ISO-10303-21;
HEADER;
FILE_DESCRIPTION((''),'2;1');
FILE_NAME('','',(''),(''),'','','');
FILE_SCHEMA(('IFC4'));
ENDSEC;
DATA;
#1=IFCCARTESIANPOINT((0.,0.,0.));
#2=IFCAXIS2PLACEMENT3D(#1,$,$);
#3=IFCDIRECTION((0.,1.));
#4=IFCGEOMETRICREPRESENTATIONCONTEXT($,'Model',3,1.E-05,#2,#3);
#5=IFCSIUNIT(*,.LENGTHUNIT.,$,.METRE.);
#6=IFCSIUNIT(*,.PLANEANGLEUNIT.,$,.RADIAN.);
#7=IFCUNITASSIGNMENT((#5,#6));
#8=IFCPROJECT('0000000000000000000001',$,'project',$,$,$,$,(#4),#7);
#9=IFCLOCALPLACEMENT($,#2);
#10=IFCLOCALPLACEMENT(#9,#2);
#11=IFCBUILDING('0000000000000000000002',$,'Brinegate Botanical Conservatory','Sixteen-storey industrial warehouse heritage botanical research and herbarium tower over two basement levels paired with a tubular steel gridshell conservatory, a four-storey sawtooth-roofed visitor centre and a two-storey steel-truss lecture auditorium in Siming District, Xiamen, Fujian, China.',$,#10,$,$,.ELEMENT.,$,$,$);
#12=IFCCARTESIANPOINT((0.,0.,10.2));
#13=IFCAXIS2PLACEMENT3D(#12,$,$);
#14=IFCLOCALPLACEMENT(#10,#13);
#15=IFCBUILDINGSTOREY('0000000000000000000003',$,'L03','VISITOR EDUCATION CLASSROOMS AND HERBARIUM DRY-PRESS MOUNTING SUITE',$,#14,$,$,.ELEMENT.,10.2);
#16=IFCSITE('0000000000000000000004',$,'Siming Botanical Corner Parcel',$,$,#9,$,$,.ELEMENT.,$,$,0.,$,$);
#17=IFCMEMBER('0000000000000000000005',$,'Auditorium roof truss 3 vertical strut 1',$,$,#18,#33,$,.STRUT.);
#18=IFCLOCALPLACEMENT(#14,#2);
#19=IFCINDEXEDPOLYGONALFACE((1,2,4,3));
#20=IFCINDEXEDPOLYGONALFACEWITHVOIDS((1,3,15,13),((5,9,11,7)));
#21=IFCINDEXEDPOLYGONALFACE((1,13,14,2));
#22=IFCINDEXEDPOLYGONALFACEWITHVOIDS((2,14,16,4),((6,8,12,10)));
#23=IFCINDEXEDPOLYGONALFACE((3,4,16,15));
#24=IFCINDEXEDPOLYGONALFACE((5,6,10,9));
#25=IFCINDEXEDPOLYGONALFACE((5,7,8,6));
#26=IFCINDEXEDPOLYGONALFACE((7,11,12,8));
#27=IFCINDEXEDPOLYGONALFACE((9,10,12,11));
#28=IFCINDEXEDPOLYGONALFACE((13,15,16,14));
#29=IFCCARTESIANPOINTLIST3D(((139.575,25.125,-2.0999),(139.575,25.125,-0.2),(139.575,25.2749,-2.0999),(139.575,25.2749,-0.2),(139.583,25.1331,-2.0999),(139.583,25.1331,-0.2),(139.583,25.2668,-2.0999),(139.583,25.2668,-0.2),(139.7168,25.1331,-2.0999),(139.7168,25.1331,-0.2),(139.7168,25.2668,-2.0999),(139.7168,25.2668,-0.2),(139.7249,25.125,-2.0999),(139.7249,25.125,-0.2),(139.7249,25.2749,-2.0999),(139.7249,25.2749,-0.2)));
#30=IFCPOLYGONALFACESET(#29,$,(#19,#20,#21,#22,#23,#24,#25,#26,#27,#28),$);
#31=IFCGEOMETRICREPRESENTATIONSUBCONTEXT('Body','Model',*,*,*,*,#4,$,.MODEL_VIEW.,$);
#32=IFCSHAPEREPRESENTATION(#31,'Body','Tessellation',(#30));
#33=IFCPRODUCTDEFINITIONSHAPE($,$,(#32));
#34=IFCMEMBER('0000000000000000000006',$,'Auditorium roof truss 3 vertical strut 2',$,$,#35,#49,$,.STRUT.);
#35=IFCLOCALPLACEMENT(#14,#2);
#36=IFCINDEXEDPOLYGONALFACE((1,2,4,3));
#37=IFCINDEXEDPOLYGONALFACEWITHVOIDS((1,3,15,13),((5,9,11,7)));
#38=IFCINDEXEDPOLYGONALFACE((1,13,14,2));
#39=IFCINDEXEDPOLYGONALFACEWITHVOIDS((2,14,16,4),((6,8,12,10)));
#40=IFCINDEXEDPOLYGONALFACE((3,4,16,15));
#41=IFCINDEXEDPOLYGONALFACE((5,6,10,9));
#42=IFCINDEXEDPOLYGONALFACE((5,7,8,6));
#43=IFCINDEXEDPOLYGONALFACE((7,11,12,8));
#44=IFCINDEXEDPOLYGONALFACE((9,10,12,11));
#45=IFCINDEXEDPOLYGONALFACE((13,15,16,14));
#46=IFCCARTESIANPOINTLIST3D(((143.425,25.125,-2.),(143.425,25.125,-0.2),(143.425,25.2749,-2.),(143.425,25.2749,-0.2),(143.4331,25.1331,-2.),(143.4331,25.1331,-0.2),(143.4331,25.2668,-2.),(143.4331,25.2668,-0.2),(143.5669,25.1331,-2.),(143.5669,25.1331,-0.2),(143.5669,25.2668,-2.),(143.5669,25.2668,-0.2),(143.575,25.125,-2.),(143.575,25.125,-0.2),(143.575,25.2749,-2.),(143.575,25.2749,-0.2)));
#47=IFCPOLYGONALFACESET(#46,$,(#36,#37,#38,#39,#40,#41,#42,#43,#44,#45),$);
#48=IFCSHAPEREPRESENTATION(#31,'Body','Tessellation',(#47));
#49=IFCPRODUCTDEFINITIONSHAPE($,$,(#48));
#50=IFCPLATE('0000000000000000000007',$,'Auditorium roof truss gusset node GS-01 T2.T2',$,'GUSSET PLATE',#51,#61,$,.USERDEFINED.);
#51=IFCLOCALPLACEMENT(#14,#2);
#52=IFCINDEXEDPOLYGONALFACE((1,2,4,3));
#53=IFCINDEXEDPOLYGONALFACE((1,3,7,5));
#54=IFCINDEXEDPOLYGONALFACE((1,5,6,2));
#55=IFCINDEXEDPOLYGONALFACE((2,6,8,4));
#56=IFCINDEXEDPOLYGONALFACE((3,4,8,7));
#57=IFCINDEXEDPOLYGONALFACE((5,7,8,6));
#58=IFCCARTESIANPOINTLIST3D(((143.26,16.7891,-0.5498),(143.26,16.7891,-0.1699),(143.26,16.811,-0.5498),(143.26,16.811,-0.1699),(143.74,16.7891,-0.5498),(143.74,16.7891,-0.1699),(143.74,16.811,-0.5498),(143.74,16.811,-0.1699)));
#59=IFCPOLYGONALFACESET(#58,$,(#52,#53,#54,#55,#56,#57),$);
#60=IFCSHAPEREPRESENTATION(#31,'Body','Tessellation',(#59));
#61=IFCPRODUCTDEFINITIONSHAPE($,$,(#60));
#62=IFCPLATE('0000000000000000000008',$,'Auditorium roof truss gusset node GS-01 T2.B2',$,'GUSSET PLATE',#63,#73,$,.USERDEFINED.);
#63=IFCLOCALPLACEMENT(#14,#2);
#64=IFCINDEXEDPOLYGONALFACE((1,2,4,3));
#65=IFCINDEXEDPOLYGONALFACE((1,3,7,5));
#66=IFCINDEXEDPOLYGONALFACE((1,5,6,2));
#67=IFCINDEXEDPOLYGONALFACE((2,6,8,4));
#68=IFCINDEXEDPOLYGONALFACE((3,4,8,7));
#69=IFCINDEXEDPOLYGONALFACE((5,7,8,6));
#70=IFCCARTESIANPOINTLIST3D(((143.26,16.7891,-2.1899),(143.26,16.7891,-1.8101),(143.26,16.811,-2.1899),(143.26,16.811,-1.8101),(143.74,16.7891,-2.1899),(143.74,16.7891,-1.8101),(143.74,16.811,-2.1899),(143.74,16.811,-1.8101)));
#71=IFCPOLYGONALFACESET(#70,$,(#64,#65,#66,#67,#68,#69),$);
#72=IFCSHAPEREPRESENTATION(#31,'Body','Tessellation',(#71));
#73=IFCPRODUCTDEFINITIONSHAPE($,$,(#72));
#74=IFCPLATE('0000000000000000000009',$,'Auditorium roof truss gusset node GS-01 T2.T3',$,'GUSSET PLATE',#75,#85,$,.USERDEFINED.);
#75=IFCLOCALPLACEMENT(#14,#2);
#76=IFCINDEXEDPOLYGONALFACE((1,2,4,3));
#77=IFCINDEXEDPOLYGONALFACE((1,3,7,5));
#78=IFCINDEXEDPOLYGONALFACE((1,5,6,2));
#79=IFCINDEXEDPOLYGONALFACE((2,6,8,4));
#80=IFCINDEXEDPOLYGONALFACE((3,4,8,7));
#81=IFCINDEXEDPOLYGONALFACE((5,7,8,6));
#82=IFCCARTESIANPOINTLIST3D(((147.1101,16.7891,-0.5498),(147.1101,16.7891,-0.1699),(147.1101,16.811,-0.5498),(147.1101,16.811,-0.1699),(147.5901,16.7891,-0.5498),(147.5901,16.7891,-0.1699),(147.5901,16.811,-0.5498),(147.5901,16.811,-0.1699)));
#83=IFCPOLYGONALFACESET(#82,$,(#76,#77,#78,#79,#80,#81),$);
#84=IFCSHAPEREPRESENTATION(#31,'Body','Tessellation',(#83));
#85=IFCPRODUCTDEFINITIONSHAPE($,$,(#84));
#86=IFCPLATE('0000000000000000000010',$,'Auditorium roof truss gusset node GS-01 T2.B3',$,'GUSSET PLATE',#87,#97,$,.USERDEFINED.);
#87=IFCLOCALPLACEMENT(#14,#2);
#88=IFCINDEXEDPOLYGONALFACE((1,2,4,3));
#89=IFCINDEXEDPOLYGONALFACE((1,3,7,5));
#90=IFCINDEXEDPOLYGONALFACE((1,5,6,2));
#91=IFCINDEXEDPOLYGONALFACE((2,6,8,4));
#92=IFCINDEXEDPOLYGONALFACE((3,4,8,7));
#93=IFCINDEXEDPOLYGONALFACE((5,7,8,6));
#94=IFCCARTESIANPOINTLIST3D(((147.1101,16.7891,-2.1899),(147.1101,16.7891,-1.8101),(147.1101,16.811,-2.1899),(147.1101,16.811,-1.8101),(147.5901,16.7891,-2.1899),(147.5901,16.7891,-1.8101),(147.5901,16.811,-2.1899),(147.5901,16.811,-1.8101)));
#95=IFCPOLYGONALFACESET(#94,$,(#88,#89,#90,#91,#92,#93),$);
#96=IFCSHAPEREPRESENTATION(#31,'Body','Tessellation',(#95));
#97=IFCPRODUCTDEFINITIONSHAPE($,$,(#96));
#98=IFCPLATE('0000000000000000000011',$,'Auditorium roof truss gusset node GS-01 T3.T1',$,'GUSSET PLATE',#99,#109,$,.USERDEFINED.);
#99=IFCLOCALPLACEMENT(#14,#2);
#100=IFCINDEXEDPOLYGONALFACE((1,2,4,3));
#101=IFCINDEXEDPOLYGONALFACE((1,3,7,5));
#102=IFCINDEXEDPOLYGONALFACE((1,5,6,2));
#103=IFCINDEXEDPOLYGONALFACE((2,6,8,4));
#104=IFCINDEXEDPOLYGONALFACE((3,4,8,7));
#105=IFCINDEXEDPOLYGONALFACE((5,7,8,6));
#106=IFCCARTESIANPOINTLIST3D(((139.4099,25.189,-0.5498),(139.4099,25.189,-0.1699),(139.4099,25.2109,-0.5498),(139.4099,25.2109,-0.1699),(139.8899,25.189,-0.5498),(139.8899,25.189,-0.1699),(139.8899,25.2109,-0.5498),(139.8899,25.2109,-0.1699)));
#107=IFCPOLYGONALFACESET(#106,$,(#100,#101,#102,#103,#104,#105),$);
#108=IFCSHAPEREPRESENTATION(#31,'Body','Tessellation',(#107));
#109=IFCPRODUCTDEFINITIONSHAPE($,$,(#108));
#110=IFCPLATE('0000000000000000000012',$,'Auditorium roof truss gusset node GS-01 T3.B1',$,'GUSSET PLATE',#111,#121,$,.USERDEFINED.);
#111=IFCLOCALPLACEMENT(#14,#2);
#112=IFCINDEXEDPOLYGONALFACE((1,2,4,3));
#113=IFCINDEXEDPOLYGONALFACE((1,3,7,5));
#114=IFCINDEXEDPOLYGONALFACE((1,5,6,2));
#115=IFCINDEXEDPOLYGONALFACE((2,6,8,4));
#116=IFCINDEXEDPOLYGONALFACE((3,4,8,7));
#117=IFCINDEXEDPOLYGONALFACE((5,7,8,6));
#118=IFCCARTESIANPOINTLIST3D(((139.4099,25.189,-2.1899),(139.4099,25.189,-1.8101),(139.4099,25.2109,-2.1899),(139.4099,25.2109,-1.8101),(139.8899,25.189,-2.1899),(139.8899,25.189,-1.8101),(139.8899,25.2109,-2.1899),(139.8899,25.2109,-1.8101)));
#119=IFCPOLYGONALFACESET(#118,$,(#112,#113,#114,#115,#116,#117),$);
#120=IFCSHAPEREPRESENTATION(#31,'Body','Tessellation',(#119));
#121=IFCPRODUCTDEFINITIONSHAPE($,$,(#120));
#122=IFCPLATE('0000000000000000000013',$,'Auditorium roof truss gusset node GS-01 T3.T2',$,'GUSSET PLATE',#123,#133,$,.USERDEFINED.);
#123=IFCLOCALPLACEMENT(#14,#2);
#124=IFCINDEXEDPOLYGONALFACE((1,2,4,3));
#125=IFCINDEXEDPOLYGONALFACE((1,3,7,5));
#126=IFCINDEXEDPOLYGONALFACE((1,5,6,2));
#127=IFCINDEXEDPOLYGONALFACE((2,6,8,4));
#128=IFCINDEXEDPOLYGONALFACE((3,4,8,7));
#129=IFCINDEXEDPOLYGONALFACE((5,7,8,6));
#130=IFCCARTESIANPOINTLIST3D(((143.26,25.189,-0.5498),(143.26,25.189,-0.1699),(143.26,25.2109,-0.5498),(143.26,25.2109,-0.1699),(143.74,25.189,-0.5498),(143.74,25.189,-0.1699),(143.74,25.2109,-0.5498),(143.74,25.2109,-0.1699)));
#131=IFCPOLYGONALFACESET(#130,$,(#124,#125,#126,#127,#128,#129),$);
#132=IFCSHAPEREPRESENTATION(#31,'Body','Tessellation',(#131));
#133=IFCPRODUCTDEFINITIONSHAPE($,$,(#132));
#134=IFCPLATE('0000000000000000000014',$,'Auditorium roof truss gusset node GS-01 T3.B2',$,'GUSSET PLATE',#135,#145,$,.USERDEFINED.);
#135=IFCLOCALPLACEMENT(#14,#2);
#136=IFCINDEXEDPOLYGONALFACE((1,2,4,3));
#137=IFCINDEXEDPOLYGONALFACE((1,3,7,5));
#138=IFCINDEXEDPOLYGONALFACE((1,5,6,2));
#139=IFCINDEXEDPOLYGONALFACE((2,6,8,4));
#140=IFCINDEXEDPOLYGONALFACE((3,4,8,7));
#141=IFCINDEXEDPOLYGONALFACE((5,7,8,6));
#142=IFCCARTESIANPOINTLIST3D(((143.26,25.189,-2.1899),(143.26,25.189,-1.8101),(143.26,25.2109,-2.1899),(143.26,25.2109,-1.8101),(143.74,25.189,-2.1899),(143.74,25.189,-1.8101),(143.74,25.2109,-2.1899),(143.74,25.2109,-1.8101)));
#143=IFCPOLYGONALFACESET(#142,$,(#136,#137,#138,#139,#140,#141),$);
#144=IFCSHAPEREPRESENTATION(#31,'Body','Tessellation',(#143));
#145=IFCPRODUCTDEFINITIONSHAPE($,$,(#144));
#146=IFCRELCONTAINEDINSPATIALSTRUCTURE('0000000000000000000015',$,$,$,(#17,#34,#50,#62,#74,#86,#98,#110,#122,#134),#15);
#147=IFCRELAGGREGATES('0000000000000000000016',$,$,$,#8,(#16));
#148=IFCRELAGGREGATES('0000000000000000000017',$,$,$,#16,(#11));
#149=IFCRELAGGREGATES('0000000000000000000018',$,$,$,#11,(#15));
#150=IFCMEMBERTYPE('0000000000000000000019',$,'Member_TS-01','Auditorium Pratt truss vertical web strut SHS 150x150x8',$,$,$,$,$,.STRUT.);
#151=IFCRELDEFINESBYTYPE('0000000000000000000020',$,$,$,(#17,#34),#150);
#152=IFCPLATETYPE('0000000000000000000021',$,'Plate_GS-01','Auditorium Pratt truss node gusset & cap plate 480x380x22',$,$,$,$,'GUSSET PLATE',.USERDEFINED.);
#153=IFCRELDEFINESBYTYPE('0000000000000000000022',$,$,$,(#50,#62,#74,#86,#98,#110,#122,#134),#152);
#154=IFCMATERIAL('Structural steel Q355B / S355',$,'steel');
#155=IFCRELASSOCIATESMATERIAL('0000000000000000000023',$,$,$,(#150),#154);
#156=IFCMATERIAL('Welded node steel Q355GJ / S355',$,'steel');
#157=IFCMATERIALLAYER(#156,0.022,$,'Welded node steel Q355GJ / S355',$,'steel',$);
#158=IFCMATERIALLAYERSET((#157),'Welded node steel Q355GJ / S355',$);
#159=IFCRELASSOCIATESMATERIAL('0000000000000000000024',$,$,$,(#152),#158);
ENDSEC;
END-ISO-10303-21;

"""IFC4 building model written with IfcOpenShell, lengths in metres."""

from ifc_helpers import new_model, si_unit, direction, frame, origin, origin_2d, place, context, subcontext, project, spatial, rectangle, hollow_rectangle, extrude, material, layer, layer_set, material_profile, profile_set, type_object, element, save


model = new_model("IFC4")

# Units and contexts
model_context = context("Model", 3, precision=1e-05, world=origin(), true_north=direction((0.0, 1.0)))
body_context = subcontext(model_context, "Body", "Model", "MODEL_VIEW")
ifc_project = project(units=[si_unit("LENGTHUNIT", "METRE"), si_unit("PLANEANGLEUNIT", "RADIAN")], contexts=[model_context])

# Site, building, storey
site_placement = place(None, origin())
site = spatial("IfcSite", under=ifc_project, at=site_placement, Name="Siming Botanical Corner Parcel", CompositionType="ELEMENT", RefElevation=0.0)
building_placement = place(site_placement, origin())
building = spatial("IfcBuilding", under=site, at=building_placement, Name="Brinegate Botanical Conservatory", Description="Sixteen-storey industrial warehouse heritage botanical research and herbarium tower over two basement levels paired with a tubular steel gridshell conservatory, a four-storey sawtooth-roofed visitor centre and a two-storey steel-truss lecture auditorium in Siming District, Xiamen, Fujian, China.", CompositionType="ELEMENT")
storey_placement = place(building_placement, frame((0.0, 0.0, 10.2)))
storey = spatial("IfcBuildingStorey", under=building, at=storey_placement, Name="L03", Description="VISITOR EDUCATION CLASSROOMS AND HERBARIUM DRY-PRESS MOUNTING SUITE", CompositionType="ELEMENT", Elevation=10.2)

# Members
ifc_material_1 = material(Name="Structural steel Q355B / S355", Category="steel")
ifc_material_profile_1 = material_profile(ifc_material_1, hollow_rectangle(XDim=0.1499, YDim=0.1499, WallThickness=0.0081, at=origin_2d()), Name="SHS 150x150x8")
ifc_profile_set_1 = profile_set([ifc_material_profile_1], Name="Structural steel Q355B / S355")
member_type_1 = type_object("IfcMemberType", Name="Member_TS-01", Description="Auditorium Pratt truss vertical web strut SHS 150x150x8", PredefinedType="STRUT", material=ifc_profile_set_1)
member_1_placement = place(storey_placement, frame((139.6499, 25.2, -2.0999), z_axis=(0.0, 0.0, 1.0), x_axis=(1.0, 0.0, 0.0)))
element("IfcMember", 1, at=member_1_placement, inside=storey, type_object=member_type_1, Name="Auditorium roof truss 3 vertical strut 1", PredefinedType="STRUT", context=body_context, shape_type="SweptSolid", body=[
    extrude(hollow_rectangle(XDim=0.1499, YDim=0.1499, WallThickness=0.0081, at=origin_2d()), origin(), (0.0, 0.0, 1.0), 1.8999),
])
member_2_placement = place(storey_placement, frame((143.5, 25.2, -2.0), z_axis=(0.0, 0.0, 1.0), x_axis=(1.0, 0.0, 0.0)))
element("IfcMember", 2, at=member_2_placement, inside=storey, type_object=member_type_1, Name="Auditorium roof truss 3 vertical strut 2", PredefinedType="STRUT", context=body_context, shape_type="SweptSolid", body=[
    extrude(hollow_rectangle(XDim=0.1499, YDim=0.1499, WallThickness=0.0081, at=origin_2d()), origin(), (0.0, 0.0, 1.0), 1.8),
])

# Plates
ifc_material_2 = material(Name="Welded node steel Q355GJ / S355", Category="steel")
ifc_layer = layer(ifc_material_2, 0.022, Name="Welded node steel Q355GJ / S355", Category="steel")
ifc_layer_set = layer_set([ifc_layer], Name="Welded node steel Q355GJ / S355")
plate_type = type_object("IfcPlateType", Name="Plate_GS-01", Description="Auditorium Pratt truss node gusset & cap plate 480x380x22", ElementType="GUSSET PLATE", PredefinedType="USERDEFINED", material=ifc_layer_set)
for number, where, z_axis, x_axis, name in (
    (3, (143.5, 16.8, -0.5498), (0.0, 0.0, 1.0), (1.0, 0.0, 0.0), "Auditorium roof truss gusset node GS-01 T2.T2"),
    (4, (143.5, 16.8, -2.1899), (0.0, 0.0, 1.0), (1.0, 0.0, 0.0), "Auditorium roof truss gusset node GS-01 T2.B2"),
    (5, (147.3501, 16.8, -0.5498), (0.0, 0.0, 1.0), (1.0, 0.0, 0.0), "Auditorium roof truss gusset node GS-01 T2.T3"),
    (6, (147.3501, 16.8, -2.1899), (0.0, 0.0, 1.0), (1.0, 0.0, 0.0), "Auditorium roof truss gusset node GS-01 T2.B3"),
    (7, (139.6499, 25.2, -0.5498), (0.0, 0.0, 1.0), (1.0, 0.0, 0.0), "Auditorium roof truss gusset node GS-01 T3.T1"),
    (8, (139.6499, 25.2, -2.1899), (0.0, 0.0, 1.0), (1.0, 0.0, 0.0), "Auditorium roof truss gusset node GS-01 T3.B1"),
    (9, (143.5, 25.2, -0.5498), (0.0, 0.0, 1.0), (1.0, 0.0, 0.0), "Auditorium roof truss gusset node GS-01 T3.T2"),
    (10, (143.5, 25.2, -2.1899), (0.0, 0.0, 1.0), (1.0, 0.0, 0.0), "Auditorium roof truss gusset node GS-01 T3.B2"),
):
    element("IfcPlate", number, at=place(storey_placement, frame(where, z_axis=z_axis, x_axis=x_axis)), inside=storey, type_object=plate_type, Name=name, ObjectType="GUSSET PLATE", PredefinedType="USERDEFINED", context=body_context, shape_type="SweptSolid", body=[
        extrude(rectangle(XDim=0.48, YDim=0.022, at=origin_2d()), origin(), (0.0, 0.0, 1.0), 0.3799),
    ])

save(model, "model.ifc")
